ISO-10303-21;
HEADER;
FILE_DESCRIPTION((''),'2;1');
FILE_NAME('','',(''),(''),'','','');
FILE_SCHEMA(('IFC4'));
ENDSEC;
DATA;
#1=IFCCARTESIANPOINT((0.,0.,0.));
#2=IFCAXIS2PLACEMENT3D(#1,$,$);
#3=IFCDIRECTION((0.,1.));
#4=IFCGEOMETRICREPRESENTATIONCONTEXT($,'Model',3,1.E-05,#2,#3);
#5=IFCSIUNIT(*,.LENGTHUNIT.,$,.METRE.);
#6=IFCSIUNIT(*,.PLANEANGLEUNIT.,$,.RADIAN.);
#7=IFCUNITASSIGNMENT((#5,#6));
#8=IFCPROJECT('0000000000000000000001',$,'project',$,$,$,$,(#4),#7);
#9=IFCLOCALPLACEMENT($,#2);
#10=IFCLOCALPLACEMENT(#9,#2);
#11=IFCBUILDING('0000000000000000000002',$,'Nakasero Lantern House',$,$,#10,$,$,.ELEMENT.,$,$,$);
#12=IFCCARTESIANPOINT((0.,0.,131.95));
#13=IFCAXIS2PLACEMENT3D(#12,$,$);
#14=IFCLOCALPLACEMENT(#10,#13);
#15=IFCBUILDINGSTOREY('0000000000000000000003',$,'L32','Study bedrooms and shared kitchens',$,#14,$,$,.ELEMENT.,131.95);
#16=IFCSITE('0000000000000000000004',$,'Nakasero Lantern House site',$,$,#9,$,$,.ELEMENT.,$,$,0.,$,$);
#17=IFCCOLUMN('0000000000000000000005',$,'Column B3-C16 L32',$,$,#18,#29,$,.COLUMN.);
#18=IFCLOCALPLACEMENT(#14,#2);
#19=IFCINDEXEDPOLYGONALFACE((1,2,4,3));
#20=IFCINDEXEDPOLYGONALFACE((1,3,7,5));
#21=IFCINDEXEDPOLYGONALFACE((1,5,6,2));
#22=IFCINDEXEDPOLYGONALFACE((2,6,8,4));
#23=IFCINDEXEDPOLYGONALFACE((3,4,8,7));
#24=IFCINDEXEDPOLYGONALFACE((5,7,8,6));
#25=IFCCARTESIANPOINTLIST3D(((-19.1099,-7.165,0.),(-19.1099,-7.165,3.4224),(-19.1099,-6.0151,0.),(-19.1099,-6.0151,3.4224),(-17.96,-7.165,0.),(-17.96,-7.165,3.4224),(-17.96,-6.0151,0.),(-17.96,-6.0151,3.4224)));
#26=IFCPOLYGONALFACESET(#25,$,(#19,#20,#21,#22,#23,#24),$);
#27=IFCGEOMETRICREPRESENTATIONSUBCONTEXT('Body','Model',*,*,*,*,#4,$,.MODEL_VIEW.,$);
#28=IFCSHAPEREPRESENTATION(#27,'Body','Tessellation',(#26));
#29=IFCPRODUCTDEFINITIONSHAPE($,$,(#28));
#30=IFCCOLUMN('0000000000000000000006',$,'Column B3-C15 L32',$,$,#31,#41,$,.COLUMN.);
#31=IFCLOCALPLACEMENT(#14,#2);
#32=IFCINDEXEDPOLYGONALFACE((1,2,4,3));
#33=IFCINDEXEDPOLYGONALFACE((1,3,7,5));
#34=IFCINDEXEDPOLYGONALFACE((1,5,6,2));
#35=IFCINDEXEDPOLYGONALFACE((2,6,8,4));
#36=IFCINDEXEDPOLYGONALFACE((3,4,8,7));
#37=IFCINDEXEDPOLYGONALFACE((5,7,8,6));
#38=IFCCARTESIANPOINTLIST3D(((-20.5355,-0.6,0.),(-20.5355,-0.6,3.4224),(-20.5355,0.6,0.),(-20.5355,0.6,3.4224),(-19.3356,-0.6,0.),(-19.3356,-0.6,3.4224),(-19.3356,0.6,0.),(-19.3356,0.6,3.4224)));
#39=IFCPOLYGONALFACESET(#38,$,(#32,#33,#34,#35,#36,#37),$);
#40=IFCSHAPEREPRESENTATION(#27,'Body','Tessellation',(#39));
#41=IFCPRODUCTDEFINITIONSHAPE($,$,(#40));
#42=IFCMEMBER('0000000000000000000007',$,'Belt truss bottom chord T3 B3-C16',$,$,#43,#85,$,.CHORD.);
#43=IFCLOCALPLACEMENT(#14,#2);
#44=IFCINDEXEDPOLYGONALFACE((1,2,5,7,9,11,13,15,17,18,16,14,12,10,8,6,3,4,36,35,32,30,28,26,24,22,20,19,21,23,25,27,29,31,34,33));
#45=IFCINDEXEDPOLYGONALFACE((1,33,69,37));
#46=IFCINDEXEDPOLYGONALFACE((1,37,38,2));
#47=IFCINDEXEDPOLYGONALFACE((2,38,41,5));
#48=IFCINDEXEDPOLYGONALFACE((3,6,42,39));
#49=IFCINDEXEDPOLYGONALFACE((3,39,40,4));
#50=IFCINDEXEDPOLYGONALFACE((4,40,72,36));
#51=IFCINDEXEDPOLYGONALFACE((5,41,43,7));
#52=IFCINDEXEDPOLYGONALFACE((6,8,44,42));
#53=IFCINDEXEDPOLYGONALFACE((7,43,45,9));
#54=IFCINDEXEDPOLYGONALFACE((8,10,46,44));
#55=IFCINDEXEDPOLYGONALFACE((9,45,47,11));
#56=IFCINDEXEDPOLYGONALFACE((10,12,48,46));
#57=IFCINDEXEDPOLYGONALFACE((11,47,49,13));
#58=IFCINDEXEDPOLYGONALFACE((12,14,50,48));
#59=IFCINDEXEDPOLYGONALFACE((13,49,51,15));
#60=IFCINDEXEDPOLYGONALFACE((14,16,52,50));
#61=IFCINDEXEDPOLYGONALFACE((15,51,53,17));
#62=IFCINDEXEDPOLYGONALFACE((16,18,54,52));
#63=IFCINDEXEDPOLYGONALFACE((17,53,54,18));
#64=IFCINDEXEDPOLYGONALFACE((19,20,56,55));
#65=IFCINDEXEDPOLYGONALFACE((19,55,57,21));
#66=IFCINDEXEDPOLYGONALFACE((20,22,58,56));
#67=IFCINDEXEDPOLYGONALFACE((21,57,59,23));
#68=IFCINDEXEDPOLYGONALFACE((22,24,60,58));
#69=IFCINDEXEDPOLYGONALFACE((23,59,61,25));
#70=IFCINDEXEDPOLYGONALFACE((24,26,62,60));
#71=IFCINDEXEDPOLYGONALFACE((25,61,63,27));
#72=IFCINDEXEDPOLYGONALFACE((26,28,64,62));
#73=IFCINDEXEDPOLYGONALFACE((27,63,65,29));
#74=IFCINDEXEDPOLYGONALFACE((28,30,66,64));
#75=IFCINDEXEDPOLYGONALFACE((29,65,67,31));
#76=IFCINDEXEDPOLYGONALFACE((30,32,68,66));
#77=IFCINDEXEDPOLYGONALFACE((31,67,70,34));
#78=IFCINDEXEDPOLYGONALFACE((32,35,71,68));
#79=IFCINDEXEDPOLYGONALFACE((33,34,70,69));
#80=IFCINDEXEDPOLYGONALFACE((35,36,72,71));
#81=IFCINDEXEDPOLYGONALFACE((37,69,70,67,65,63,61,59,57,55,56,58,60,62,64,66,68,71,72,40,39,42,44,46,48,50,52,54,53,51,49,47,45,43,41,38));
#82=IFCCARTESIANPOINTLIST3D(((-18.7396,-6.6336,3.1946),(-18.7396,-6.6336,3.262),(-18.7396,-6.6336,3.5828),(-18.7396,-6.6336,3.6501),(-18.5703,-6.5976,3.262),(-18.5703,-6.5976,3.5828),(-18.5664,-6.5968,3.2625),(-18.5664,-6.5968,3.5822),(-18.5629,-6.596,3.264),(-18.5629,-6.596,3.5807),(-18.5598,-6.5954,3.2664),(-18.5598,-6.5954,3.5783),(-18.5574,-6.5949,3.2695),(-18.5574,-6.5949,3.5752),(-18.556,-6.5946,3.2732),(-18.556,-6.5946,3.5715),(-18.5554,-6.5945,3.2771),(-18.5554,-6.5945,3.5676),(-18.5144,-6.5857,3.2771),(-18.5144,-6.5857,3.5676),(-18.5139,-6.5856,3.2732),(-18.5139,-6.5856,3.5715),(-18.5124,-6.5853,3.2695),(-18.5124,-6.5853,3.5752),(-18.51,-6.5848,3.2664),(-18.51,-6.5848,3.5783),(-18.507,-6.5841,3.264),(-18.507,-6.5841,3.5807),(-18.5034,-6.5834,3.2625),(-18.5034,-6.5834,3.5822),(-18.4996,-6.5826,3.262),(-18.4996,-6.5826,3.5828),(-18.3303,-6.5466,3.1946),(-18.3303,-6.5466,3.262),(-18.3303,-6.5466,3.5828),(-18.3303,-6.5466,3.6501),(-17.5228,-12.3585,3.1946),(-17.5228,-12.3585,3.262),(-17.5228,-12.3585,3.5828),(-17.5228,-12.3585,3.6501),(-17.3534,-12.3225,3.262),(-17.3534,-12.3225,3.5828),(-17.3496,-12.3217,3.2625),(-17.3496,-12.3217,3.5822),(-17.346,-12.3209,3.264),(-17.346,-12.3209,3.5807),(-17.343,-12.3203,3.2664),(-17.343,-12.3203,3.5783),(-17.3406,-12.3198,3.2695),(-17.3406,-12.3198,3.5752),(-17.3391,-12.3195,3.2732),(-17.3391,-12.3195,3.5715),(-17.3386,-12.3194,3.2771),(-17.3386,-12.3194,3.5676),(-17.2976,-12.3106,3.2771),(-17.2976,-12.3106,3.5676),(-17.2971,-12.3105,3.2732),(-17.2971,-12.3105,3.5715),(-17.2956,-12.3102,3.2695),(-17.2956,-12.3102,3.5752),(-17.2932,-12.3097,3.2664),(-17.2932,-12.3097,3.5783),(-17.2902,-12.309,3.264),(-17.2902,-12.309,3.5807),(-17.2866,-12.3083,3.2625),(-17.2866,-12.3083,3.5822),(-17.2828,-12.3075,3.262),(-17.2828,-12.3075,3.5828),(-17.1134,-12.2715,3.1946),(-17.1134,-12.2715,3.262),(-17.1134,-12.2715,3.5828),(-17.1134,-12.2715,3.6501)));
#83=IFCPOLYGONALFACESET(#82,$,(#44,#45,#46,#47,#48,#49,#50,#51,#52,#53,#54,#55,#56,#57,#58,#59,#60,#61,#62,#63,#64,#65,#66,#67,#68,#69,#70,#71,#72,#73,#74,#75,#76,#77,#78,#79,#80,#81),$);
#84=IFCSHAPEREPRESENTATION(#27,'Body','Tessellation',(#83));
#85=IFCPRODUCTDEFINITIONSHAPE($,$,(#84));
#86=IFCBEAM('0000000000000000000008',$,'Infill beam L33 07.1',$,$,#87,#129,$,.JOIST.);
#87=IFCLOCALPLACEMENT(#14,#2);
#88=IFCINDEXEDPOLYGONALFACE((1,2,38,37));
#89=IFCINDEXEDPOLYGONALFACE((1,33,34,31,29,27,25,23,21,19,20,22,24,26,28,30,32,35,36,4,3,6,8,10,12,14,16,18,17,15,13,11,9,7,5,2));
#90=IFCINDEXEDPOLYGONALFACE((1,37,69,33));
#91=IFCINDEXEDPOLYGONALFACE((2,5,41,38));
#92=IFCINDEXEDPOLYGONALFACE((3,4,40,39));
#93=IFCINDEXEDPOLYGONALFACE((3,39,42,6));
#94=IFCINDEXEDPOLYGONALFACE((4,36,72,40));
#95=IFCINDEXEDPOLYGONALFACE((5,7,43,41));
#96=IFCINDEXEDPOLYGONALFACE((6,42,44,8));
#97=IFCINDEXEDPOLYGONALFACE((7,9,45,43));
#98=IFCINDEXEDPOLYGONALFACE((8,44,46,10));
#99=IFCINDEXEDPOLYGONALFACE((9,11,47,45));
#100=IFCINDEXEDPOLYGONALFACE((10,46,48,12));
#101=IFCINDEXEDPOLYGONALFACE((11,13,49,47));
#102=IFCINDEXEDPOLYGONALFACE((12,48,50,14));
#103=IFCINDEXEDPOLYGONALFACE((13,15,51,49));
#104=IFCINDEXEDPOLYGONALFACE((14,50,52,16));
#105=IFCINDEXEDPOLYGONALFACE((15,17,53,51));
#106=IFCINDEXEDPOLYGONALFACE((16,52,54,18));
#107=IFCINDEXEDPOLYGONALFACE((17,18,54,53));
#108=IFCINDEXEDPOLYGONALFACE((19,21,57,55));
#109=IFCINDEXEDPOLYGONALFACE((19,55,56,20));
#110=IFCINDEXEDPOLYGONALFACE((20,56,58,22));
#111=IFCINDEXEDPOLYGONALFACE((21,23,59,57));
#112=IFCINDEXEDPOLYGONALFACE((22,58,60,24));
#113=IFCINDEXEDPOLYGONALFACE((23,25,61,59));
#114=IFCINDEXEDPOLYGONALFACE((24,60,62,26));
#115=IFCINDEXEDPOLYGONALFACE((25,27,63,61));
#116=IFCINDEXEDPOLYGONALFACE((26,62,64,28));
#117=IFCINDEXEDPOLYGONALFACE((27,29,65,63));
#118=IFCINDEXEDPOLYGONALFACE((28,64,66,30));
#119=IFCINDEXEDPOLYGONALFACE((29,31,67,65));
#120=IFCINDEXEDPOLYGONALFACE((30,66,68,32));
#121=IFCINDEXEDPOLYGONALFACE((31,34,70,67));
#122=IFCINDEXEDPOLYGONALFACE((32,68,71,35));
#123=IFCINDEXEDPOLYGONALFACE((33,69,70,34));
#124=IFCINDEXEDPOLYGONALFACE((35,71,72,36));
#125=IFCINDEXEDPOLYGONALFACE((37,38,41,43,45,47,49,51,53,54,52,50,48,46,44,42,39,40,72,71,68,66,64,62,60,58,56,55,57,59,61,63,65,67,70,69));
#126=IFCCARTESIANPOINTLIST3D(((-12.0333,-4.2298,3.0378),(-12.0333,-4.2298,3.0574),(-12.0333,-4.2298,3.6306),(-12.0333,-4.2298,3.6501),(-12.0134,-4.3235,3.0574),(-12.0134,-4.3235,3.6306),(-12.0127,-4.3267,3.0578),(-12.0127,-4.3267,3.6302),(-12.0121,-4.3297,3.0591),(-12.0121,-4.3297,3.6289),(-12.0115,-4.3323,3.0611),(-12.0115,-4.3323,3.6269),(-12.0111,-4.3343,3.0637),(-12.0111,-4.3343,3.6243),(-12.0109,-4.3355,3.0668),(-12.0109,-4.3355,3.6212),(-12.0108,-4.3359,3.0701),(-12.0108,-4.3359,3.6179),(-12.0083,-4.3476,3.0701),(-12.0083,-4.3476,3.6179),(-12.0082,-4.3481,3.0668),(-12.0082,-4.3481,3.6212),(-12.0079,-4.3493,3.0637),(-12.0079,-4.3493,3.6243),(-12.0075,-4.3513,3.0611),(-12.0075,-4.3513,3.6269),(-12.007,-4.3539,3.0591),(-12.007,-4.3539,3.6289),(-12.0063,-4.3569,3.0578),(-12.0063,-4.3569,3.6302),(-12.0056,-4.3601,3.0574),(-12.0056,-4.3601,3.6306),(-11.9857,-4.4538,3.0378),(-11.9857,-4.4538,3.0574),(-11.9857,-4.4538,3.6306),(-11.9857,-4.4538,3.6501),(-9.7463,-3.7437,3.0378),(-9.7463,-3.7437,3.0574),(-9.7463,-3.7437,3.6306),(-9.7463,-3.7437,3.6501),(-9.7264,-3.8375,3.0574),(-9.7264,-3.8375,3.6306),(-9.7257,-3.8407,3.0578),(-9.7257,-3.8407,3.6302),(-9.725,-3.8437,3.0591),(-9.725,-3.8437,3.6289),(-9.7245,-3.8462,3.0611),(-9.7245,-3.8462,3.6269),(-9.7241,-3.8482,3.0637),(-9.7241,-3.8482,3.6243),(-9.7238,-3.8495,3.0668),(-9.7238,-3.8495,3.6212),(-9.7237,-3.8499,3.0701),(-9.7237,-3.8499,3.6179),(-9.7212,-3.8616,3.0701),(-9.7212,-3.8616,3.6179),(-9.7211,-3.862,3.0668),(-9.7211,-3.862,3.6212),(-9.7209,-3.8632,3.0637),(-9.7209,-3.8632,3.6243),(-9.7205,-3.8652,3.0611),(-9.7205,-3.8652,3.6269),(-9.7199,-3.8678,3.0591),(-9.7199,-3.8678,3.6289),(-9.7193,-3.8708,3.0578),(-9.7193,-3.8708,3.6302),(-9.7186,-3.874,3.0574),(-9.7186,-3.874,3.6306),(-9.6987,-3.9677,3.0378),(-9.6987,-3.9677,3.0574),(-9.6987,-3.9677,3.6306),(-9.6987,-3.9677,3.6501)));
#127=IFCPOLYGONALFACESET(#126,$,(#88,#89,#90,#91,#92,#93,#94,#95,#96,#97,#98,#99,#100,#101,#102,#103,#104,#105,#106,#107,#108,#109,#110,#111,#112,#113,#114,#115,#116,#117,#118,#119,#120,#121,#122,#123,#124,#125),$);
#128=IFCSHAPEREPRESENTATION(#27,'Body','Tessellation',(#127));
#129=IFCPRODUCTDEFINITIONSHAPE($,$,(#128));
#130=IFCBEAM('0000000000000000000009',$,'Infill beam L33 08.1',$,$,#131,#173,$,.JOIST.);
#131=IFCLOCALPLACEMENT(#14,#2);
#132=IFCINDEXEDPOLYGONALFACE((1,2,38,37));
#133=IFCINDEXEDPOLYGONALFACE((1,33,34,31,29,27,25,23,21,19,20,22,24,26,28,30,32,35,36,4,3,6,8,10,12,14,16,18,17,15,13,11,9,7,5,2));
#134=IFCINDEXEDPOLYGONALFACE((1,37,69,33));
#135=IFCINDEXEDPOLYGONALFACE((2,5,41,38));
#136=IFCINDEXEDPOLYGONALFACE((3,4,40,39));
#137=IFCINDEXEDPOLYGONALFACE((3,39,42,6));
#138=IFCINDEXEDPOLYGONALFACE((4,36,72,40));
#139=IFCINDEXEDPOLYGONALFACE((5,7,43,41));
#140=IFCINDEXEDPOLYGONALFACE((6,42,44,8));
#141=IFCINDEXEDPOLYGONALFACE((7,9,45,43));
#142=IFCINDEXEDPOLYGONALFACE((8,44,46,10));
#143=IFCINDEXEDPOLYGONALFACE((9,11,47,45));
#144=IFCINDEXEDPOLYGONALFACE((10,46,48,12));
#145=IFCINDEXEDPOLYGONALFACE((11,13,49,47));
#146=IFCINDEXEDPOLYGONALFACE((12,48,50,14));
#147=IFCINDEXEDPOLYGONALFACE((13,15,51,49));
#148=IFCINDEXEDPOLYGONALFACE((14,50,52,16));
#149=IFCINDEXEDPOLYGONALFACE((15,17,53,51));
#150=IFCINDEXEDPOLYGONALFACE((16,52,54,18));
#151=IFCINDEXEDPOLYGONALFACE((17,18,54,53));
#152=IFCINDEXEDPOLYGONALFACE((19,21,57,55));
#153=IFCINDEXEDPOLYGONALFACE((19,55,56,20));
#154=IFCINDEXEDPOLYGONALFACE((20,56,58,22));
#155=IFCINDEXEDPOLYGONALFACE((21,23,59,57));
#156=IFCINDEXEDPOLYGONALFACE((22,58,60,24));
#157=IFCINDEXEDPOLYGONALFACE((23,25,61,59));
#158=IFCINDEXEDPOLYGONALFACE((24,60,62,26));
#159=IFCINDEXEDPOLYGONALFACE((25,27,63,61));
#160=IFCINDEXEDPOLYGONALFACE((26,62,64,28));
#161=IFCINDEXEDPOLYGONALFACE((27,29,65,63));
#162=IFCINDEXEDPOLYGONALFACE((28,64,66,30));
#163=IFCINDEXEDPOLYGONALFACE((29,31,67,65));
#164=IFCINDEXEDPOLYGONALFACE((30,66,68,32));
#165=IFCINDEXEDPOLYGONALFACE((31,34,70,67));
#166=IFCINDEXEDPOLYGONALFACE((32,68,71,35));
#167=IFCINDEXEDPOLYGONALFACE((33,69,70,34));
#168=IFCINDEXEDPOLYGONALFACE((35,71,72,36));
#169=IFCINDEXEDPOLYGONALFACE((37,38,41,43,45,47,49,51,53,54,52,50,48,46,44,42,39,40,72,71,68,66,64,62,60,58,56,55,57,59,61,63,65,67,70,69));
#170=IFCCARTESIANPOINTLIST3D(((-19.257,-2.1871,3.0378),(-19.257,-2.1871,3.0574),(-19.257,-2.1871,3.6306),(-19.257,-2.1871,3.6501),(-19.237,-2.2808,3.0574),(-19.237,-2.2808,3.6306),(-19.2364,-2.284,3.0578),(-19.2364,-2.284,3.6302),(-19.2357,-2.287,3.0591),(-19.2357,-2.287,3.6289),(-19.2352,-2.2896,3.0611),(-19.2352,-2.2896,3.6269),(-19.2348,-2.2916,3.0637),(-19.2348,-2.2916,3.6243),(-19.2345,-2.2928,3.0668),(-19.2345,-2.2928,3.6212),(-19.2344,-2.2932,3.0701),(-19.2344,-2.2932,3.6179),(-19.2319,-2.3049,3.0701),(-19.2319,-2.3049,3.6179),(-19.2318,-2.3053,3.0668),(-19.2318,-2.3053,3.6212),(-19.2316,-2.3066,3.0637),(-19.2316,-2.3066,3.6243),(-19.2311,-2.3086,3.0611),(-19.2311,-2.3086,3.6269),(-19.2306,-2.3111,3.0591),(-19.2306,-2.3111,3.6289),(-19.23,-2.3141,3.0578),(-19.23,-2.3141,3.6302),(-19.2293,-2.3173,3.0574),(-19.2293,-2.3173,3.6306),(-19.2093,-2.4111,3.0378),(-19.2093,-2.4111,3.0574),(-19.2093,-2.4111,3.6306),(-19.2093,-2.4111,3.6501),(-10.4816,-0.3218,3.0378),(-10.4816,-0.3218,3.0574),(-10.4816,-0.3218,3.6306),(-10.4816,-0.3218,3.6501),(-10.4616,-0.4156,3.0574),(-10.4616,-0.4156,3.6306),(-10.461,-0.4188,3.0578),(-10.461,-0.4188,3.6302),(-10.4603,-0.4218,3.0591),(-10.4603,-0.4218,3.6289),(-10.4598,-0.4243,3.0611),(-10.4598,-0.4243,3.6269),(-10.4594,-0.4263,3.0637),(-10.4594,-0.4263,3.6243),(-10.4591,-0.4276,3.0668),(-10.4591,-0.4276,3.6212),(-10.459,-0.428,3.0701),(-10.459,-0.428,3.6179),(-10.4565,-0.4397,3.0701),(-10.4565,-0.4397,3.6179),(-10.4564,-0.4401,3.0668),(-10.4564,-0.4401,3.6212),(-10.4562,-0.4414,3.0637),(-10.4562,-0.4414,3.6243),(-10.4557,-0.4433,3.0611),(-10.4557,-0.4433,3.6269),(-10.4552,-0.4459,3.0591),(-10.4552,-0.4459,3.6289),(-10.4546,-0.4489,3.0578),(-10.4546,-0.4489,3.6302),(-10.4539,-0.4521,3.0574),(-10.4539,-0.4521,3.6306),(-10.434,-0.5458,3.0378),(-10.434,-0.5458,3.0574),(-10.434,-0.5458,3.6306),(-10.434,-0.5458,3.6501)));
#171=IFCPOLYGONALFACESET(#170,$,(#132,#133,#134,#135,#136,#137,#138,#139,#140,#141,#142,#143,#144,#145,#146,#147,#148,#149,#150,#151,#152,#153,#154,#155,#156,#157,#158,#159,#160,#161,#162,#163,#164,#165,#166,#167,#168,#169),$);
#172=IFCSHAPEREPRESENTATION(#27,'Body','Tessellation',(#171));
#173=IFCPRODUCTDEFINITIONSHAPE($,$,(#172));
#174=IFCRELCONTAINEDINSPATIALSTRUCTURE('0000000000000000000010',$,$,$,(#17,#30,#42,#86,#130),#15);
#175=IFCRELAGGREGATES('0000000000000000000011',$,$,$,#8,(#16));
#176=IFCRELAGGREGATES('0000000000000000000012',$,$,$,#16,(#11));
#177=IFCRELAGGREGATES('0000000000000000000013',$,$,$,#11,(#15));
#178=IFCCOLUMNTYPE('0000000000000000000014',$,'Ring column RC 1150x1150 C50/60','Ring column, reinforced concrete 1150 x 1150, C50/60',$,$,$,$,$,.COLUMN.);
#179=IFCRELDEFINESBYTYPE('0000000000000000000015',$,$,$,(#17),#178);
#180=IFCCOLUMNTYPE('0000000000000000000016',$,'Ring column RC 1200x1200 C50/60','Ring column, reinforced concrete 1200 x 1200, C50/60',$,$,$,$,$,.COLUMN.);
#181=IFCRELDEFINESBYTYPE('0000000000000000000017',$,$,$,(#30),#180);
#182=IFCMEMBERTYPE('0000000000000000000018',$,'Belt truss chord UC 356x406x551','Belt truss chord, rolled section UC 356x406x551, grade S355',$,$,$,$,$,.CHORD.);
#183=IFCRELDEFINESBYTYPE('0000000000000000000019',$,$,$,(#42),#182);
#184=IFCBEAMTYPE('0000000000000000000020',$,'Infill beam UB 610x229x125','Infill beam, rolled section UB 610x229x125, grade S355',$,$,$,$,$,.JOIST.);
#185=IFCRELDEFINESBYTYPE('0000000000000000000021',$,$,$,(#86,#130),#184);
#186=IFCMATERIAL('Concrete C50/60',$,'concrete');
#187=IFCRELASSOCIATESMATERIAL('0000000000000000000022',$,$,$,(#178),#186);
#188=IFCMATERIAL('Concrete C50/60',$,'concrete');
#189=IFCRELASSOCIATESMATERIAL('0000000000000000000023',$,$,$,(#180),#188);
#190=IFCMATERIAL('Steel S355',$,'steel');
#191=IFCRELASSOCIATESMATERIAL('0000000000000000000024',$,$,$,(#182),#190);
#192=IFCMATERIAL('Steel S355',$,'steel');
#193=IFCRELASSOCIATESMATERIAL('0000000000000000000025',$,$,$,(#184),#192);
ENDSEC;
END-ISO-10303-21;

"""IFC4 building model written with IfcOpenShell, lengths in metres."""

from ifc_helpers import new_model, si_unit, direction, frame, origin, origin_2d, place, context, subcontext, project, spatial, rectangle, i_section, extrude, material, material_profile, profile_set, type_object, element, save


model = new_model("IFC4")

# Units and contexts
model_context = context("Model", 3, precision=1e-05, world=origin(), true_north=direction((0.0, 1.0)))
body_context = subcontext(model_context, "Body", "Model", "MODEL_VIEW")
ifc_project = project(units=[si_unit("LENGTHUNIT", "METRE"), si_unit("PLANEANGLEUNIT", "RADIAN")], contexts=[model_context])

# Site, building, storey
site_placement = place(None, origin())
site = spatial("IfcSite", under=ifc_project, at=site_placement, Name="Nakasero Lantern House site", CompositionType="ELEMENT", RefElevation=0.0)
building_placement = place(site_placement, origin())
building = spatial("IfcBuilding", under=site, at=building_placement, Name="Nakasero Lantern House", CompositionType="ELEMENT")
storey_placement = place(building_placement, frame((0.0, 0.0, 131.95)))
storey = spatial("IfcBuildingStorey", under=building, at=storey_placement, Name="L32", Description="Study bedrooms and shared kitchens", CompositionType="ELEMENT", Elevation=131.95)

# Columns
ifc_material_1 = material(Name="Concrete C50/60", Category="concrete")
ifc_material_profile_1 = material_profile(ifc_material_1, rectangle(XDim=1.1499, YDim=1.1499, at=origin_2d()), Name="RC 1150x1150")
ifc_profile_set_1 = profile_set([ifc_material_profile_1], Name="Concrete C50/60")
column_type_1 = type_object("IfcColumnType", Name="Ring column RC 1150x1150 C50/60", Description="Ring column, reinforced concrete 1150 x 1150, C50/60", PredefinedType="COLUMN", material=ifc_profile_set_1)
column_1_placement = place(storey_placement, frame((-18.5349, -6.5901, 0.0), z_axis=(0.0, 0.0, 1.0), x_axis=(1.0, 0.0, 0.0)))
element("IfcColumn", 1, at=column_1_placement, inside=storey, type_object=column_type_1, Name="Column B3-C16 L32", PredefinedType="COLUMN", context=body_context, shape_type="SweptSolid", body=[
    extrude(rectangle(XDim=1.1499, YDim=1.1499, at=origin_2d()), origin(), (0.0, 0.0, 1.0), 3.4224),
])
ifc_material_2 = material(Name="Concrete C50/60", Category="concrete")
ifc_material_profile_2 = material_profile(ifc_material_2, rectangle(XDim=1.2, YDim=1.2, at=origin_2d()), Name="RC 1200x1200")
ifc_profile_set_2 = profile_set([ifc_material_profile_2], Name="Concrete C50/60")
column_type_2 = type_object("IfcColumnType", Name="Ring column RC 1200x1200 C50/60", Description="Ring column, reinforced concrete 1200 x 1200, C50/60", PredefinedType="COLUMN", material=ifc_profile_set_2)
column_2_placement = place(storey_placement, frame((-19.9355, 0.0, 0.0), z_axis=(0.0, 0.0, 1.0), x_axis=(1.0, 0.0, 0.0)))
element("IfcColumn", 2, at=column_2_placement, inside=storey, type_object=column_type_2, Name="Column B3-C15 L32", PredefinedType="COLUMN", context=body_context, shape_type="SweptSolid", body=[
    extrude(rectangle(XDim=1.2, YDim=1.2, at=origin_2d()), origin(), (0.0, 0.0, 1.0), 3.4224),
])

# Member
ifc_material_3 = material(Name="Steel S355", Category="steel")
ifc_material_profile_3 = material_profile(ifc_material_3, i_section(OverallWidth=0.4185, OverallDepth=0.4556, WebThickness=0.042, FlangeThickness=0.0674, FilletRadius=0.0151, at=origin_2d()), Name="UC 356x406x551")
ifc_profile_set_3 = profile_set([ifc_material_profile_3], Name="Steel S355")
member_type = type_object("IfcMemberType", Name="Belt truss chord UC 356x406x551", Description="Belt truss chord, rolled section UC 356x406x551, grade S355", PredefinedType="CHORD", material=ifc_profile_set_3)
member_placement = place(storey_placement, frame((-18.5349, -6.5901, 3.4224), z_axis=(0.207902, -0.97815, 0.0), x_axis=(0.97815, 0.207902, 0.0)))
element("IfcMember", 3, at=member_placement, inside=storey, type_object=member_type, Name="Belt truss bottom chord T3 B3-C16", PredefinedType="CHORD", context=body_context, shape_type="SweptSolid", body=[
    extrude(i_section(OverallWidth=0.4185, OverallDepth=0.4556, WebThickness=0.042, FlangeThickness=0.0674, FilletRadius=0.0151, at=origin_2d()), origin(), (0.0, 0.0, 1.0), 5.8528),
])

# Beams
ifc_material_4 = material(Name="Steel S355", Category="steel")
ifc_material_profile_4 = material_profile(ifc_material_4, i_section(OverallWidth=0.229, OverallDepth=0.6123, WebThickness=0.012, FlangeThickness=0.0195, FilletRadius=0.0127, at=origin_2d()), Name="UB 610x229x125")
ifc_profile_set_4 = profile_set([ifc_material_profile_4], Name="Steel S355")
beam_type_1 = type_object("IfcBeamType", Name="Infill beam UB 610x229x125", Description="Infill beam, rolled section UB 610x229x125, grade S355", PredefinedType="JOIST", material=ifc_profile_set_4)
beam_1_placement = place(storey_placement, frame((-12.0095, -4.3418, 3.344), z_axis=(0.978152, 0.207889, 0.0), x_axis=(-0.207889, 0.978152, 0.0)))
element("IfcBeam", 4, at=beam_1_placement, inside=storey, type_object=beam_type_1, Name="Infill beam L33 07.1", PredefinedType="JOIST", context=body_context, shape_type="SweptSolid", body=[
    extrude(i_section(OverallWidth=0.229, OverallDepth=0.6123, WebThickness=0.012, FlangeThickness=0.0195, FilletRadius=0.0127, at=origin_2d()), origin(), (0.0, 0.0, 1.0), 2.3381),
])
beam_2_placement = place(storey_placement, frame((-19.2332, -2.2991, 3.344), z_axis=(0.978148, 0.207908, 0.0), x_axis=(-0.207908, 0.978148, 0.0)))
element("IfcBeam", 5, at=beam_2_placement, inside=storey, type_object=beam_type_1, Name="Infill beam L33 08.1", PredefinedType="JOIST", context=body_context, shape_type="SweptSolid", body=[
    extrude(i_section(OverallWidth=0.229, OverallDepth=0.6123, WebThickness=0.012, FlangeThickness=0.0195, FilletRadius=0.0127, at=origin_2d()), origin(), (0.0, 0.0, 1.0), 8.9714),
])

save(model, "model.ifc")
